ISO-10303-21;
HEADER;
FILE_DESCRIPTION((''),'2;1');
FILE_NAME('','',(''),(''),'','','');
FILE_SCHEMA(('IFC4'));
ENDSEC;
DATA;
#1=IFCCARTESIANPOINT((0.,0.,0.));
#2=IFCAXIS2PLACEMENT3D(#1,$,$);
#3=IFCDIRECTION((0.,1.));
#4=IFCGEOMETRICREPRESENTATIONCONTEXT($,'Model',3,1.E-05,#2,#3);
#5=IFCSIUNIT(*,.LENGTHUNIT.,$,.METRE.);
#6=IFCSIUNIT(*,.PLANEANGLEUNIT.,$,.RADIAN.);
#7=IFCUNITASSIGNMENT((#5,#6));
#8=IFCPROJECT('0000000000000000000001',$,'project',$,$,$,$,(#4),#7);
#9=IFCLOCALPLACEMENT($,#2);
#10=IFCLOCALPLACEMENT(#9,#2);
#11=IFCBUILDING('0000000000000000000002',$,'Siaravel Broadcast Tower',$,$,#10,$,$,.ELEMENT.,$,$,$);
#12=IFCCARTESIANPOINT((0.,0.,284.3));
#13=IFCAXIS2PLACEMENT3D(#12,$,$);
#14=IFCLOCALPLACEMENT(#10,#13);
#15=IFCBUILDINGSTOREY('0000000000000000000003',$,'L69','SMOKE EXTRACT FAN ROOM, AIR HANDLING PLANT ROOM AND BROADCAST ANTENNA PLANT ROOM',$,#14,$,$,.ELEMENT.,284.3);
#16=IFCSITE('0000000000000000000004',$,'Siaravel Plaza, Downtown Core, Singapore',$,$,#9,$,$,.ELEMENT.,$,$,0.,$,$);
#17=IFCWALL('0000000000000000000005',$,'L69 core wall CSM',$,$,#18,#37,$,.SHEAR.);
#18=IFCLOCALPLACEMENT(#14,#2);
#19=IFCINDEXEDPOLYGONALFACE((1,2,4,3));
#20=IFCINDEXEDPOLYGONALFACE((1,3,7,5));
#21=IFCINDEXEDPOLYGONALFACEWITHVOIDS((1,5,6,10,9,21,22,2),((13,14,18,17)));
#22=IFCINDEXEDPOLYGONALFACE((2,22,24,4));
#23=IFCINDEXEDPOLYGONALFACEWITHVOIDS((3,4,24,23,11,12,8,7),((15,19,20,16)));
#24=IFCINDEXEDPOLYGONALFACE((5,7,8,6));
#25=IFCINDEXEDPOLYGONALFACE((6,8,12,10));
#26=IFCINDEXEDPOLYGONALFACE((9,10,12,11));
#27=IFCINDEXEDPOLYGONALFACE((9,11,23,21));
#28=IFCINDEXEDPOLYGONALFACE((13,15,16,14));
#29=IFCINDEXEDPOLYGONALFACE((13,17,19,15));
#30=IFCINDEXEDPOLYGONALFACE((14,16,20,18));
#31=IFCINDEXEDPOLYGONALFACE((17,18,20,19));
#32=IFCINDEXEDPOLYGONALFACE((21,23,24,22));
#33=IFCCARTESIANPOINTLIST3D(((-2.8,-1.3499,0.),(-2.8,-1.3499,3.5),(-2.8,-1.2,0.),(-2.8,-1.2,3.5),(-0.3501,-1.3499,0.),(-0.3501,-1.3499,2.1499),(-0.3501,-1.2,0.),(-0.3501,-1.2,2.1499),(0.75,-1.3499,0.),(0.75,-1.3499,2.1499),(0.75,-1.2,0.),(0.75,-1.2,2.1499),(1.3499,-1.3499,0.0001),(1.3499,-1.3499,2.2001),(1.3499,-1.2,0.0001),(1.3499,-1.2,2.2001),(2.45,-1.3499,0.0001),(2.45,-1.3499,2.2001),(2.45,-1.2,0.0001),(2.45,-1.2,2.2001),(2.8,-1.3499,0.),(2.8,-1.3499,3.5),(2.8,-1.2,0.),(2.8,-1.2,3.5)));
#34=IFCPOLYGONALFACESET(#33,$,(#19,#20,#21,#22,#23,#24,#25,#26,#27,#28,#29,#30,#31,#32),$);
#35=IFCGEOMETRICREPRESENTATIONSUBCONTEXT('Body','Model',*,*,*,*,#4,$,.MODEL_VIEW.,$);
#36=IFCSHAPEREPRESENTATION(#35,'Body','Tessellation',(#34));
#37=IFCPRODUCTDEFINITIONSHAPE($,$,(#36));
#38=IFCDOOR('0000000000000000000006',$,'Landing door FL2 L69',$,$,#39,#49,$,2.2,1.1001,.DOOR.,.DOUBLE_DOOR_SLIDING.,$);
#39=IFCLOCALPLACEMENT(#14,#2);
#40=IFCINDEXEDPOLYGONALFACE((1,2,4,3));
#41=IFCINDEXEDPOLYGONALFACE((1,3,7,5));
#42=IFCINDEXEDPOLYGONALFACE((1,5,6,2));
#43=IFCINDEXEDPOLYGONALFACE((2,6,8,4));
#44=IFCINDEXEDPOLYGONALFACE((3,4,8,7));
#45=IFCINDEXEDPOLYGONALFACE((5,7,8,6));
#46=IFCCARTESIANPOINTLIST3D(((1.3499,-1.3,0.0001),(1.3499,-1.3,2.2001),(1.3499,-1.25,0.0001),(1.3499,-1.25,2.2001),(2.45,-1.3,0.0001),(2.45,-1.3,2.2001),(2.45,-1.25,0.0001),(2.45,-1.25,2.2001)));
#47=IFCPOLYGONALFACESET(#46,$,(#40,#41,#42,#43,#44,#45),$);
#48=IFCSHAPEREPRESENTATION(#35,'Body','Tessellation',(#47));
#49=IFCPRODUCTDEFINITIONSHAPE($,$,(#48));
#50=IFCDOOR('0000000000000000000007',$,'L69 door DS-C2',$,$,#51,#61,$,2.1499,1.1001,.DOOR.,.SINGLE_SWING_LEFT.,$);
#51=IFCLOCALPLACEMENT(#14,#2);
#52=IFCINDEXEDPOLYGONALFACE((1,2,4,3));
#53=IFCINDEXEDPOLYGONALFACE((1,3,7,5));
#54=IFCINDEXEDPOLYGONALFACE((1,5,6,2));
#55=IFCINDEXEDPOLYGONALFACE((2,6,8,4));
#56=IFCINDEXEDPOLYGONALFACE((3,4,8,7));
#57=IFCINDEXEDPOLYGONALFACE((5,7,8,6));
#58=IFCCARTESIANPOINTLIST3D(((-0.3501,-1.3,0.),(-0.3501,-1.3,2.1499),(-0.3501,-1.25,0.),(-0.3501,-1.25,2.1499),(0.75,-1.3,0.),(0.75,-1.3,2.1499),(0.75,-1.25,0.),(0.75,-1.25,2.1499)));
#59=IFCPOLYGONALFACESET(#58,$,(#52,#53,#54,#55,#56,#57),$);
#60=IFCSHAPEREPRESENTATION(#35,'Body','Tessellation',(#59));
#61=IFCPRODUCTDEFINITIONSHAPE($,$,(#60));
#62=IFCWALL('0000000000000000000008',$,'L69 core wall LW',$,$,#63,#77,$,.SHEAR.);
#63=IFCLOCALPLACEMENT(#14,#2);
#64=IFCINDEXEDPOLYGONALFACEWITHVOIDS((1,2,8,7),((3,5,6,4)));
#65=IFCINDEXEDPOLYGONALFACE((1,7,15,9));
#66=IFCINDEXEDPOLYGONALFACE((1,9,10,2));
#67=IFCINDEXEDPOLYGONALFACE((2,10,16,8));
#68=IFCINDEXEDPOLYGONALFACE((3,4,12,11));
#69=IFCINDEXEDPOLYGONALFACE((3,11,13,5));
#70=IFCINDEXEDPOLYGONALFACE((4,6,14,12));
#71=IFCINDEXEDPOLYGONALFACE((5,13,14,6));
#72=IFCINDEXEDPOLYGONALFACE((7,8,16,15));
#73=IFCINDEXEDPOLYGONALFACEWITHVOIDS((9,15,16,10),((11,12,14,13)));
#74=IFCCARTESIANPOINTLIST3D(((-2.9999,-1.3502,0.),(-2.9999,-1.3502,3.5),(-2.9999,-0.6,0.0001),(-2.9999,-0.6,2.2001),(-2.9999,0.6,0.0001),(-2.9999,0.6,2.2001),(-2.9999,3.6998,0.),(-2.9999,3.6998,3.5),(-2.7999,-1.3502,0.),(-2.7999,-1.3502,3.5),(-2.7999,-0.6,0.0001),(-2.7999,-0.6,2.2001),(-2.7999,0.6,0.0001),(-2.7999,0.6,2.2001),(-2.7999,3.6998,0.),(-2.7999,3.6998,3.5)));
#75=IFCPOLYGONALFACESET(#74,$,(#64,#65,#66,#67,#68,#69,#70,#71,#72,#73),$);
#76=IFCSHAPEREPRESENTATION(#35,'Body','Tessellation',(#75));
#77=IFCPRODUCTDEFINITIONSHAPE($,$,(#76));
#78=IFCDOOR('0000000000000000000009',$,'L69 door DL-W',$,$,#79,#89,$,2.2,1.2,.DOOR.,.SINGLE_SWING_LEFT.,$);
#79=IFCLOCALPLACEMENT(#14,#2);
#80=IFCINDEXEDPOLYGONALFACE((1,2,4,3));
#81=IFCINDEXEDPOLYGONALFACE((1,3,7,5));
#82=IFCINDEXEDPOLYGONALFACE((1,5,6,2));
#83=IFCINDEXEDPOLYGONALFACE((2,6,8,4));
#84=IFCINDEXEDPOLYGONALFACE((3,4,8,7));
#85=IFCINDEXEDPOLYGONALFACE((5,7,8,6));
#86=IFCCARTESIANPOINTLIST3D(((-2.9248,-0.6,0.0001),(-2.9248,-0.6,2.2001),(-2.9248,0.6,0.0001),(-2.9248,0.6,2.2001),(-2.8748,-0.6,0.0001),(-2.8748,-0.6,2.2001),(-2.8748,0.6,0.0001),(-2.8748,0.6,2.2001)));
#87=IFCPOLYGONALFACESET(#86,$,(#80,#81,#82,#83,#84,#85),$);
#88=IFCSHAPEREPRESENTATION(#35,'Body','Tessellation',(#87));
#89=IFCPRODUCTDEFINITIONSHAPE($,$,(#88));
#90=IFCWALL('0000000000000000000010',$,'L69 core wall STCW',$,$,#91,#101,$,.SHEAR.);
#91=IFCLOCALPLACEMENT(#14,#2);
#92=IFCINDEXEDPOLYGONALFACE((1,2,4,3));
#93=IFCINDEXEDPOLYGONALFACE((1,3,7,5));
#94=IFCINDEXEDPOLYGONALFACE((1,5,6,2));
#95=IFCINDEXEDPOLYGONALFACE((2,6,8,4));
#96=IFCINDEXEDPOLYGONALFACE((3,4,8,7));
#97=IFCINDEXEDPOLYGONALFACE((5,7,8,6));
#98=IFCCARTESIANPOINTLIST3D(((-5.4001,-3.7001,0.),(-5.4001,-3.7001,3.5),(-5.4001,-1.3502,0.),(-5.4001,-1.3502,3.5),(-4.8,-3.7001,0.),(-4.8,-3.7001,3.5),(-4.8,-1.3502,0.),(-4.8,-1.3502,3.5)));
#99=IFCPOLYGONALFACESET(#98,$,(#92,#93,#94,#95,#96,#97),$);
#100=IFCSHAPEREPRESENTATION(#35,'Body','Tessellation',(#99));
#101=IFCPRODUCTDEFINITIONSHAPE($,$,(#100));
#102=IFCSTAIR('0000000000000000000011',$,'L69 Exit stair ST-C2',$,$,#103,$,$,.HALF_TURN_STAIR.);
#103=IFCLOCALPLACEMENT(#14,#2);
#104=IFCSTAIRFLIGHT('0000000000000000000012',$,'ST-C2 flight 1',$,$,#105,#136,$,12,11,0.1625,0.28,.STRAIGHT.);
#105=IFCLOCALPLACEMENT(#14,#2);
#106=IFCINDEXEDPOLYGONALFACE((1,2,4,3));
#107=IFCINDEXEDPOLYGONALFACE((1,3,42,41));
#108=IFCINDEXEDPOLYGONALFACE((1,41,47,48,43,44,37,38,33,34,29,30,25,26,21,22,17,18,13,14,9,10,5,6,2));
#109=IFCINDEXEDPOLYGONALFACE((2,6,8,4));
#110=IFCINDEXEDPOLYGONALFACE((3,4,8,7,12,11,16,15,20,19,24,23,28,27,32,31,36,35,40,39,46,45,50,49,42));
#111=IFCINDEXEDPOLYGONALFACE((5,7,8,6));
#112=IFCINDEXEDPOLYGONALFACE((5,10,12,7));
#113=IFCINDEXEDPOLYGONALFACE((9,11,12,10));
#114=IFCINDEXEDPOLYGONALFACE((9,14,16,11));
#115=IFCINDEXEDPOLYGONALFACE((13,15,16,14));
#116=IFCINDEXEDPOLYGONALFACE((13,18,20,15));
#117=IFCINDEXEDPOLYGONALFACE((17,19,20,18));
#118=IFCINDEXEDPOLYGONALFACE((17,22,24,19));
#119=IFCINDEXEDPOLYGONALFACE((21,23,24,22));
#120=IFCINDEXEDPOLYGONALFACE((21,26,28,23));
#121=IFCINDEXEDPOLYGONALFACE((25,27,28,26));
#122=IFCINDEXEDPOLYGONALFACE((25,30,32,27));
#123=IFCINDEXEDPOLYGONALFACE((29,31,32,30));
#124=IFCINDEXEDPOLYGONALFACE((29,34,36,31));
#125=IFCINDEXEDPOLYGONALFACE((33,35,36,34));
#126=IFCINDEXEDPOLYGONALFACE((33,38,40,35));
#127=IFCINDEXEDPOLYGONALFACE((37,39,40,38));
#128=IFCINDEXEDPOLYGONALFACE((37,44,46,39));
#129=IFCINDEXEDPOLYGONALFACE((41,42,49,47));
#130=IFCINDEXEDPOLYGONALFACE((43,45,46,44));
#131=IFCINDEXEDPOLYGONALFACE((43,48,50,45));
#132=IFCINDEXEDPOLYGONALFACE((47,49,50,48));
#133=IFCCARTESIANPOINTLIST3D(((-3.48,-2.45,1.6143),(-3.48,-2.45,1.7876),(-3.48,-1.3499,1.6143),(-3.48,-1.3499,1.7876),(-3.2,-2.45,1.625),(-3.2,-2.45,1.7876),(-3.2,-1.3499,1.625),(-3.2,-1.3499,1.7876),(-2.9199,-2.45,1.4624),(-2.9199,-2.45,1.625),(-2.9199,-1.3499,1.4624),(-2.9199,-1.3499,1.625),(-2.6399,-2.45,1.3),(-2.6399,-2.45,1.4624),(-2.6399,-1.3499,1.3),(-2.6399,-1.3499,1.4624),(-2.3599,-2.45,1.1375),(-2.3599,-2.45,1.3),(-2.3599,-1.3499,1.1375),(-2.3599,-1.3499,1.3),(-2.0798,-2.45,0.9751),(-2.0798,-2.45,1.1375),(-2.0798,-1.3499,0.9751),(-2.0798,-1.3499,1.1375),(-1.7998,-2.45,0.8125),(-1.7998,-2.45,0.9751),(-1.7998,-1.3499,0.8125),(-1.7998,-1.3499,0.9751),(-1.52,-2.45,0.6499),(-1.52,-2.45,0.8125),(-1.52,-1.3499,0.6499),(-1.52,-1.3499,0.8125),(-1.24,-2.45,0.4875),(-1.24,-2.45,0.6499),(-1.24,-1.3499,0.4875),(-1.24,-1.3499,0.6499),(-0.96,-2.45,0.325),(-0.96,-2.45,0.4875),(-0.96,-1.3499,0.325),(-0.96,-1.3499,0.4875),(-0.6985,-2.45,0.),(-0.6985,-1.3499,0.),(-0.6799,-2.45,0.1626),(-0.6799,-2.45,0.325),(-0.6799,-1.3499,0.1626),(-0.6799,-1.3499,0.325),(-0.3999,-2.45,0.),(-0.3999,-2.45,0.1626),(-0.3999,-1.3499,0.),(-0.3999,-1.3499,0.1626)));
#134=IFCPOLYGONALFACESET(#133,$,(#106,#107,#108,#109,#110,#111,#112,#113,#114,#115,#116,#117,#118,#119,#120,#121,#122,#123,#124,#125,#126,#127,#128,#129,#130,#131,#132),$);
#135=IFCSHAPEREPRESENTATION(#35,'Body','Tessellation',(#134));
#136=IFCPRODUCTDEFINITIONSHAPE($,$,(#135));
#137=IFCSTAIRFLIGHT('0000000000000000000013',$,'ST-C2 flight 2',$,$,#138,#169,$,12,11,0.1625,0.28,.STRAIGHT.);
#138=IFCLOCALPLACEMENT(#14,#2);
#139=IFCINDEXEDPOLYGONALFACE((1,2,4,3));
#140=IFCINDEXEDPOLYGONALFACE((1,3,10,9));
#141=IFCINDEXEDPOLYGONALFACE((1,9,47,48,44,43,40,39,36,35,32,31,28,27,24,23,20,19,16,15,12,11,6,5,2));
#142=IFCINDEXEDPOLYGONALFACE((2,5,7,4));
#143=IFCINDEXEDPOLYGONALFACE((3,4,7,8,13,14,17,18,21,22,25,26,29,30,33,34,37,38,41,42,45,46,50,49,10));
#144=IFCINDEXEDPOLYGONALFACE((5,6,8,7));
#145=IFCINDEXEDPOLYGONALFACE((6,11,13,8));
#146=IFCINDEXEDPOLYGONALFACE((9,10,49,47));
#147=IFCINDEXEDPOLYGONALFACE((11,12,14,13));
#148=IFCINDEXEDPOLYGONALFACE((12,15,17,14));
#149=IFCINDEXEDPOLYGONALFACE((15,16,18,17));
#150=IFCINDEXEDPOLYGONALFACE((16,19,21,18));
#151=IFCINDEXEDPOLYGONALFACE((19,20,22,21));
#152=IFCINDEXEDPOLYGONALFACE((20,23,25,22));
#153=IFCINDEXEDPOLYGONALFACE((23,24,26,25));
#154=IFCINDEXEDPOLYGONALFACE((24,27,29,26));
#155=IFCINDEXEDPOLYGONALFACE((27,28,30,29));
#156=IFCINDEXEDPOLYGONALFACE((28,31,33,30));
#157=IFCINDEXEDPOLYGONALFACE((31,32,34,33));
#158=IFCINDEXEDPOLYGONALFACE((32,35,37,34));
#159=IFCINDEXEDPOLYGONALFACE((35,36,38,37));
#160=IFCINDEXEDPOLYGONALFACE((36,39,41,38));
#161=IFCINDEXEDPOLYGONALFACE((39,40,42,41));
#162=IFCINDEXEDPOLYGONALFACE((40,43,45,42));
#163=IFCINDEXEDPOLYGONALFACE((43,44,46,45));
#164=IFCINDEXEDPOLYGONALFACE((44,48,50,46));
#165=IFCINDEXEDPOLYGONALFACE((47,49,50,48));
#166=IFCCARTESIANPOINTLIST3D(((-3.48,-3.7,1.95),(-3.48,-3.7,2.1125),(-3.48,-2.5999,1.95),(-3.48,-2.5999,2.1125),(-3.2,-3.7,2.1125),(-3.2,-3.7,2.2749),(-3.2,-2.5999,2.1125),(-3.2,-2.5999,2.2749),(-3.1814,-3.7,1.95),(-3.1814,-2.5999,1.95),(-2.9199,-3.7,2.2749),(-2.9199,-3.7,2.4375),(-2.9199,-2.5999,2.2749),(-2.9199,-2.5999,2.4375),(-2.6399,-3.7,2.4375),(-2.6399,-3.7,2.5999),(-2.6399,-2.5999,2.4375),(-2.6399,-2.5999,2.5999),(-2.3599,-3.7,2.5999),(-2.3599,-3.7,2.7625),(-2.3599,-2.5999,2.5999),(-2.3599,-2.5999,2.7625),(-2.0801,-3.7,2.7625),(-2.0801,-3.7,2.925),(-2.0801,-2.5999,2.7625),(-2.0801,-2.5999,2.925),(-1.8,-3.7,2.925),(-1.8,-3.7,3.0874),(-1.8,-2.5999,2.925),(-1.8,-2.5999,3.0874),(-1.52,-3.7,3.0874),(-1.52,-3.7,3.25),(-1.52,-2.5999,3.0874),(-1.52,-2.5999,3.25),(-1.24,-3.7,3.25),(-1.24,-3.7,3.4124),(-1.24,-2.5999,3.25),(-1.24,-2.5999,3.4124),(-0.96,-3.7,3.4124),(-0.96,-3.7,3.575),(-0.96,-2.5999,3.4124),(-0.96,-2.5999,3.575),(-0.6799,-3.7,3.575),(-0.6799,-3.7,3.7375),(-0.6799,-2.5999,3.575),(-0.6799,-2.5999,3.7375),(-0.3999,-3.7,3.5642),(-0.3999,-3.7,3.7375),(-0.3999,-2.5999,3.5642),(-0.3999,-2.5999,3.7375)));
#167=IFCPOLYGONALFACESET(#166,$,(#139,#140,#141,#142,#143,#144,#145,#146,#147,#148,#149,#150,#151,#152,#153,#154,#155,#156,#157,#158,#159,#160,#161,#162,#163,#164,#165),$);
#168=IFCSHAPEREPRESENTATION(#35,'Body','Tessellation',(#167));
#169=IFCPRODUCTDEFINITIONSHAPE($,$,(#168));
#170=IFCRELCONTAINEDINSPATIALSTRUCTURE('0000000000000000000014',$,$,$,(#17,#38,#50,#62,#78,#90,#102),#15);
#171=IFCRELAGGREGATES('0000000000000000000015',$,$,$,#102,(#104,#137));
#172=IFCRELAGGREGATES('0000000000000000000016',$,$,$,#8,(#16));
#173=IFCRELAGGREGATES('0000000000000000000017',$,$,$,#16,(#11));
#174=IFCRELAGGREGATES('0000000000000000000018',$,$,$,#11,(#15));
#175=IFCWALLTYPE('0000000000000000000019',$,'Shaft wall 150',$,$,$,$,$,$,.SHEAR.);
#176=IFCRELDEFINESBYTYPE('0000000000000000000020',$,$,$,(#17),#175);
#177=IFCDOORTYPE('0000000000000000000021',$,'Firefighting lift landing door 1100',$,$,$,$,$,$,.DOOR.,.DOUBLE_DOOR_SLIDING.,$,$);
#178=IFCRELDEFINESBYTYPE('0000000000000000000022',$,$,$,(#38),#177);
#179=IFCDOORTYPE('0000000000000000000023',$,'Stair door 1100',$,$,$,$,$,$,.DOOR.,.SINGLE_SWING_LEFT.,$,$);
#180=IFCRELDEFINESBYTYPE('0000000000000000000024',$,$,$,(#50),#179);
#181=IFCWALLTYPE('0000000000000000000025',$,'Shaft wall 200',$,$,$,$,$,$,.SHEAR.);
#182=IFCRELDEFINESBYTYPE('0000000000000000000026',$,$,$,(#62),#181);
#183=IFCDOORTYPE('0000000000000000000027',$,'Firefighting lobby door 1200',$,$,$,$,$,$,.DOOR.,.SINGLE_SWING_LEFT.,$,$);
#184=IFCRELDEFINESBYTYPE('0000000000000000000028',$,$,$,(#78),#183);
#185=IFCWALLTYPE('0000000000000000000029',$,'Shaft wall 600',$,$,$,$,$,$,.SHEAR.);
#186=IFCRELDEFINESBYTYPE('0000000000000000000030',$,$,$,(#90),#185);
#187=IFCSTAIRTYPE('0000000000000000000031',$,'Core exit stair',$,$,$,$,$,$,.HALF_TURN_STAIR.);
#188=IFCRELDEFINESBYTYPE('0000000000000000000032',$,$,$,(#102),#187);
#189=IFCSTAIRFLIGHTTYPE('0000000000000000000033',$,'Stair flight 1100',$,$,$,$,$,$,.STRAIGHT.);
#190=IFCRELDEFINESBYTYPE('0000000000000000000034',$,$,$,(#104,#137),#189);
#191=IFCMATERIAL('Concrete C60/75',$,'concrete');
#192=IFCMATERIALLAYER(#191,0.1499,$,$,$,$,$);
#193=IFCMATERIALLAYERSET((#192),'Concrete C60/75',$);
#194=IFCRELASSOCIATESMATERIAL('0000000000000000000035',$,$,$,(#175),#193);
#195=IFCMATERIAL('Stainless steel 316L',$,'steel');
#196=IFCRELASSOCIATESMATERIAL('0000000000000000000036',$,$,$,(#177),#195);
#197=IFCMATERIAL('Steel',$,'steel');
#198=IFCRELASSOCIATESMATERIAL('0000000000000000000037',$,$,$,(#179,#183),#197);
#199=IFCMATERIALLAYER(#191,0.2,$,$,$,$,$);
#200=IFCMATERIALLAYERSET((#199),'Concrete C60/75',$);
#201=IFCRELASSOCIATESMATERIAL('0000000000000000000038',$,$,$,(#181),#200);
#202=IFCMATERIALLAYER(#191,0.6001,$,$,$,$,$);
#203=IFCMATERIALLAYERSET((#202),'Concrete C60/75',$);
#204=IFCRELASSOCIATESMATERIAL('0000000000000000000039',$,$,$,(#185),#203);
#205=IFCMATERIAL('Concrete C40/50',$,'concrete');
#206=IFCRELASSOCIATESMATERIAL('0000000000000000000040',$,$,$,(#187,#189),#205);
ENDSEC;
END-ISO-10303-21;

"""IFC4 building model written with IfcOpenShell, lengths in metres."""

from ifc_helpers import new_model, si_unit, direction, frame, frame_2d, origin, place, context, subcontext, project, spatial, polyline, rectangle, outline, extrude, material, layer, layer_set, type_object, element, fill, aggregate, save


model = new_model("IFC4")

# Units and contexts
model_context = context("Model", 3, precision=1e-05, world=origin(), true_north=direction((0.0, 1.0)))
body_context = subcontext(model_context, "Body", "Model", "MODEL_VIEW")
ifc_project = project(units=[si_unit("LENGTHUNIT", "METRE"), si_unit("PLANEANGLEUNIT", "RADIAN")], contexts=[model_context])

# Site, building, storey
site_placement = place(None, origin())
site = spatial("IfcSite", under=ifc_project, at=site_placement, Name="Siaravel Plaza, Downtown Core, Singapore", CompositionType="ELEMENT", RefElevation=0.0)
building_placement = place(site_placement, origin())
building = spatial("IfcBuilding", under=site, at=building_placement, Name="Siaravel Broadcast Tower", CompositionType="ELEMENT")
storey_placement = place(building_placement, frame((0.0, 0.0, 284.3)))
storey = spatial("IfcBuildingStorey", under=building, at=storey_placement, Name="L69", Description="SMOKE EXTRACT FAN ROOM, AIR HANDLING PLANT ROOM AND BROADCAST ANTENNA PLANT ROOM", CompositionType="ELEMENT", Elevation=284.3)

# Shared definitions
ifc_material_1 = material(Name="Concrete C60/75", Category="concrete")
ifc_material_2 = material(Name="Steel", Category="steel")

# Shared definitions
ifc_layer_1 = layer(ifc_material_1, 0.1499)
ifc_layer_set_1 = layer_set([ifc_layer_1], Name="Concrete C60/75")
wall_type_1 = type_object("IfcWallType", Name="Shaft wall 150", PredefinedType="SHEAR", material=ifc_layer_set_1)

# Wall, openings, doors
wall_1_placement = place(storey_placement, frame((-2.8, -1.2749, 0.0), z_axis=(0.0, 0.0, 1.0), x_axis=(1.0, 0.0, 0.0)))
wall_1 = element("IfcWall", 1, at=wall_1_placement, inside=storey, type_object=wall_type_1, Name="L69 core wall CSM", PredefinedType="SHEAR", context=body_context, shape_type="SweptSolid", body=[
    extrude(rectangle(XDim=5.6001, YDim=0.1499, at=frame_2d((2.8, 0.0))), origin(), (0.0, 0.0, 1.0), 3.5),
])
opening_1_placement = place(wall_1_placement, frame((4.1499, 0.0, 0.0)))
opening_1 = element("IfcOpeningElement", 2, at=opening_1_placement, cuts=wall_1, PredefinedType="OPENING", context=body_context, shape_type="SweptSolid", body=[
    extrude(rectangle(XDim=1.1001, YDim=2.2, at=frame_2d((0.55, 1.1001))), frame((0.0, 0.085, 0.0), z_axis=(0.0, -1.0, 0.0), x_axis=(1.0, 0.0, 0.0)), (0.0, 0.0, 1.0), 0.1699),
])
opening_2_placement = place(wall_1_placement, frame((2.45, 0.0, 0.0)))
opening_2 = element("IfcOpeningElement", 3, at=opening_2_placement, cuts=wall_1, PredefinedType="OPENING", context=body_context, shape_type="SweptSolid", body=[
    extrude(rectangle(XDim=1.1001, YDim=2.1499, at=frame_2d((0.55, 1.075))), frame((0.0, 0.085, 0.0), z_axis=(0.0, -1.0, 0.0), x_axis=(1.0, 0.0, 0.0)), (0.0, 0.0, 1.0), 0.1699),
])
ifc_material_3 = material(Name="Stainless steel 316L", Category="steel")
door_type_1 = type_object("IfcDoorType", Name="Firefighting lift landing door 1100", OperationType="DOUBLE_DOOR_SLIDING", PredefinedType="DOOR", material=ifc_material_3)
door_1_placement = place(opening_1_placement, origin())
door_1 = element("IfcDoor", 4, at=door_1_placement, inside=storey, type_object=door_type_1, Name="Landing door FL2 L69", OperationType="DOUBLE_DOOR_SLIDING", OverallHeight=2.2, OverallWidth=1.1001, PredefinedType="DOOR", context=body_context, shape_type="SweptSolid", body=[
    extrude(rectangle(XDim=1.1001, YDim=2.2, at=frame_2d((0.55, 1.1001))), frame((0.0, 0.0249, 0.0), z_axis=(0.0, -1.0, 0.0), x_axis=(1.0, 0.0, 0.0)), (0.0, 0.0, 1.0), 0.05),
])
fill(opening_1, door_1)
door_type_2 = type_object("IfcDoorType", Name="Stair door 1100", OperationType="SINGLE_SWING_LEFT", PredefinedType="DOOR", material=ifc_material_2)
door_2_placement = place(opening_2_placement, origin())
door_2 = element("IfcDoor", 5, at=door_2_placement, inside=storey, type_object=door_type_2, Name="L69 door DS-C2", OperationType="SINGLE_SWING_LEFT", OverallHeight=2.1499, OverallWidth=1.1001, PredefinedType="DOOR", context=body_context, shape_type="SweptSolid", body=[
    extrude(rectangle(XDim=1.1001, YDim=2.1499, at=frame_2d((0.55, 1.075))), frame((0.0, 0.0249, 0.0), z_axis=(0.0, -1.0, 0.0), x_axis=(1.0, 0.0, 0.0)), (0.0, 0.0, 1.0), 0.05),
])
fill(opening_2, door_2)

# Wall, opening, door
ifc_layer_2 = layer(ifc_material_1, 0.2)
ifc_layer_set_2 = layer_set([ifc_layer_2], Name="Concrete C60/75")
wall_type_2 = type_object("IfcWallType", Name="Shaft wall 200", PredefinedType="SHEAR", material=ifc_layer_set_2)
wall_2_placement = place(storey_placement, frame((-2.8999, -1.3501, 0.0), z_axis=(0.0, 0.0, 1.0), x_axis=(0.0, 1.0, 0.0)))
wall_2 = element("IfcWall", 6, at=wall_2_placement, inside=storey, type_object=wall_type_2, Name="L69 core wall LW", PredefinedType="SHEAR", context=body_context, shape_type="SweptSolid", body=[
    extrude(rectangle(XDim=5.05, YDim=0.2, at=frame_2d((2.5249, 0.0))), origin(), (0.0, 0.0, 1.0), 3.5),
])
opening_3_placement = place(wall_2_placement, frame((0.75, 0.0, 0.0)))
opening_3 = element("IfcOpeningElement", 7, at=opening_3_placement, cuts=wall_2, PredefinedType="OPENING", context=body_context, shape_type="SweptSolid", body=[
    extrude(rectangle(XDim=1.2, YDim=2.2, at=frame_2d((0.6001, 1.1001))), frame((0.0, 0.1099, 0.0), z_axis=(0.0, -1.0, 0.0), x_axis=(1.0, 0.0, 0.0)), (0.0, 0.0, 1.0), 0.22),
])
door_type_3 = type_object("IfcDoorType", Name="Firefighting lobby door 1200", OperationType="SINGLE_SWING_LEFT", PredefinedType="DOOR", material=ifc_material_2)
door_3_placement = place(opening_3_placement, origin())
door_3 = element("IfcDoor", 8, at=door_3_placement, inside=storey, type_object=door_type_3, Name="L69 door DL-W", OperationType="SINGLE_SWING_LEFT", OverallHeight=2.2, OverallWidth=1.2, PredefinedType="DOOR", context=body_context, shape_type="SweptSolid", body=[
    extrude(rectangle(XDim=1.2, YDim=2.2, at=frame_2d((0.6001, 1.1001))), frame((0.0, 0.0249, 0.0), z_axis=(0.0, -1.0, 0.0), x_axis=(1.0, 0.0, 0.0)), (0.0, 0.0, 1.0), 0.05),
])
fill(opening_3, door_3)

# Wall
ifc_layer_3 = layer(ifc_material_1, 0.6001)
ifc_layer_set_3 = layer_set([ifc_layer_3], Name="Concrete C60/75")
wall_type_3 = type_object("IfcWallType", Name="Shaft wall 600", PredefinedType="SHEAR", material=ifc_layer_set_3)
wall_3_placement = place(storey_placement, frame((-5.1001, -3.7, 0.0), z_axis=(0.0, 0.0, 1.0), x_axis=(0.0, 1.0, 0.0)))
element("IfcWall", 9, at=wall_3_placement, inside=storey, type_object=wall_type_3, Name="L69 core wall STCW", PredefinedType="SHEAR", context=body_context, shape_type="SweptSolid", body=[
    extrude(rectangle(XDim=2.3499, YDim=0.6001, at=frame_2d((1.1748, 0.0))), origin(), (0.0, 0.0, 1.0), 3.5),
])

# Stair, stair flights
ifc_material_4 = material(Name="Concrete C40/50", Category="concrete")
stair_type = type_object("IfcStairType", Name="Core exit stair", PredefinedType="HALF_TURN_STAIR", material=ifc_material_4)
stair_placement = place(storey_placement, origin())
stair = element("IfcStair", 10, at=stair_placement, inside=storey, type_object=stair_type, Name="L69 Exit stair ST-C2", PredefinedType="HALF_TURN_STAIR")
stair_flight_type = type_object("IfcStairFlightType", Name="Stair flight 1100", PredefinedType="STRAIGHT", material=ifc_material_4)
stair_flight_1_placement = place(storey_placement, frame((-0.3999, -1.8999, 0.0), z_axis=(0.0, 0.0, 1.0), x_axis=(-1.0, 0.0, 0.0)))
stair_flight_1 = element("IfcStairFlight", 11, at=stair_flight_1_placement, type_object=stair_flight_type, Name="ST-C2 flight 1", NumberOfRisers=12, NumberOfTreads=11, PredefinedType="STRAIGHT", RiserHeight=0.1625, TreadLength=0.28, context=body_context, shape_type="SweptSolid", body=[
    extrude(outline(polyline([(0.0, 0.0), (0.0, 0.1626), (0.28, 0.1626), (0.28, 0.325), (0.5601, 0.325), (0.5601, 0.4875), (0.8401, 0.4875), (0.8401, 0.6499), (1.1201, 0.6499), (1.1201, 0.8125), (1.3999, 0.8125), (1.3999, 0.9751), (1.6799, 0.9751), (1.6799, 1.1375), (1.96, 1.1375), (1.96, 1.3), (2.24, 1.3), (2.24, 1.4624), (2.52, 1.4624), (2.52, 1.625), (2.8, 1.625), (2.8, 1.7876), (3.0801, 1.7876), (3.0801, 1.95), (3.0801, 1.6143), (0.2986, 0.0), (0.0, 0.0)])), frame((0.0, 0.55, 0.0), z_axis=(0.0, -1.0, 0.0), x_axis=(1.0, 0.0, 0.0)), (0.0, 0.0, 1.0), 1.1001),
])
stair_flight_2_placement = place(storey_placement, frame((-3.48, -3.1499, 1.95), z_axis=(0.0, 0.0, 1.0), x_axis=(1.0, 0.0, 0.0)))
stair_flight_2 = element("IfcStairFlight", 12, at=stair_flight_2_placement, type_object=stair_flight_type, Name="ST-C2 flight 2", NumberOfRisers=12, NumberOfTreads=11, PredefinedType="STRAIGHT", RiserHeight=0.1625, TreadLength=0.28, context=body_context, shape_type="SweptSolid", body=[
    extrude(outline(polyline([(0.0, 0.0), (0.0, 0.1626), (0.28, 0.1626), (0.28, 0.325), (0.5601, 0.325), (0.5601, 0.4875), (0.8401, 0.4875), (0.8401, 0.6499), (1.1201, 0.6499), (1.1201, 0.8125), (1.3999, 0.8125), (1.3999, 0.9751), (1.6799, 0.9751), (1.6799, 1.1375), (1.96, 1.1375), (1.96, 1.3), (2.24, 1.3), (2.24, 1.4624), (2.52, 1.4624), (2.52, 1.625), (2.8, 1.625), (2.8, 1.7876), (3.0801, 1.7876), (3.0801, 1.95), (3.0801, 1.6143), (0.2986, 0.0), (0.0, 0.0)])), frame((0.0, 0.55, 0.0), z_axis=(0.0, -1.0, 0.0), x_axis=(1.0, 0.0, 0.0)), (0.0, 0.0, 1.0), 1.1001),
])
aggregate(stair, [stair_flight_1, stair_flight_2])

save(model, "model.ifc")
